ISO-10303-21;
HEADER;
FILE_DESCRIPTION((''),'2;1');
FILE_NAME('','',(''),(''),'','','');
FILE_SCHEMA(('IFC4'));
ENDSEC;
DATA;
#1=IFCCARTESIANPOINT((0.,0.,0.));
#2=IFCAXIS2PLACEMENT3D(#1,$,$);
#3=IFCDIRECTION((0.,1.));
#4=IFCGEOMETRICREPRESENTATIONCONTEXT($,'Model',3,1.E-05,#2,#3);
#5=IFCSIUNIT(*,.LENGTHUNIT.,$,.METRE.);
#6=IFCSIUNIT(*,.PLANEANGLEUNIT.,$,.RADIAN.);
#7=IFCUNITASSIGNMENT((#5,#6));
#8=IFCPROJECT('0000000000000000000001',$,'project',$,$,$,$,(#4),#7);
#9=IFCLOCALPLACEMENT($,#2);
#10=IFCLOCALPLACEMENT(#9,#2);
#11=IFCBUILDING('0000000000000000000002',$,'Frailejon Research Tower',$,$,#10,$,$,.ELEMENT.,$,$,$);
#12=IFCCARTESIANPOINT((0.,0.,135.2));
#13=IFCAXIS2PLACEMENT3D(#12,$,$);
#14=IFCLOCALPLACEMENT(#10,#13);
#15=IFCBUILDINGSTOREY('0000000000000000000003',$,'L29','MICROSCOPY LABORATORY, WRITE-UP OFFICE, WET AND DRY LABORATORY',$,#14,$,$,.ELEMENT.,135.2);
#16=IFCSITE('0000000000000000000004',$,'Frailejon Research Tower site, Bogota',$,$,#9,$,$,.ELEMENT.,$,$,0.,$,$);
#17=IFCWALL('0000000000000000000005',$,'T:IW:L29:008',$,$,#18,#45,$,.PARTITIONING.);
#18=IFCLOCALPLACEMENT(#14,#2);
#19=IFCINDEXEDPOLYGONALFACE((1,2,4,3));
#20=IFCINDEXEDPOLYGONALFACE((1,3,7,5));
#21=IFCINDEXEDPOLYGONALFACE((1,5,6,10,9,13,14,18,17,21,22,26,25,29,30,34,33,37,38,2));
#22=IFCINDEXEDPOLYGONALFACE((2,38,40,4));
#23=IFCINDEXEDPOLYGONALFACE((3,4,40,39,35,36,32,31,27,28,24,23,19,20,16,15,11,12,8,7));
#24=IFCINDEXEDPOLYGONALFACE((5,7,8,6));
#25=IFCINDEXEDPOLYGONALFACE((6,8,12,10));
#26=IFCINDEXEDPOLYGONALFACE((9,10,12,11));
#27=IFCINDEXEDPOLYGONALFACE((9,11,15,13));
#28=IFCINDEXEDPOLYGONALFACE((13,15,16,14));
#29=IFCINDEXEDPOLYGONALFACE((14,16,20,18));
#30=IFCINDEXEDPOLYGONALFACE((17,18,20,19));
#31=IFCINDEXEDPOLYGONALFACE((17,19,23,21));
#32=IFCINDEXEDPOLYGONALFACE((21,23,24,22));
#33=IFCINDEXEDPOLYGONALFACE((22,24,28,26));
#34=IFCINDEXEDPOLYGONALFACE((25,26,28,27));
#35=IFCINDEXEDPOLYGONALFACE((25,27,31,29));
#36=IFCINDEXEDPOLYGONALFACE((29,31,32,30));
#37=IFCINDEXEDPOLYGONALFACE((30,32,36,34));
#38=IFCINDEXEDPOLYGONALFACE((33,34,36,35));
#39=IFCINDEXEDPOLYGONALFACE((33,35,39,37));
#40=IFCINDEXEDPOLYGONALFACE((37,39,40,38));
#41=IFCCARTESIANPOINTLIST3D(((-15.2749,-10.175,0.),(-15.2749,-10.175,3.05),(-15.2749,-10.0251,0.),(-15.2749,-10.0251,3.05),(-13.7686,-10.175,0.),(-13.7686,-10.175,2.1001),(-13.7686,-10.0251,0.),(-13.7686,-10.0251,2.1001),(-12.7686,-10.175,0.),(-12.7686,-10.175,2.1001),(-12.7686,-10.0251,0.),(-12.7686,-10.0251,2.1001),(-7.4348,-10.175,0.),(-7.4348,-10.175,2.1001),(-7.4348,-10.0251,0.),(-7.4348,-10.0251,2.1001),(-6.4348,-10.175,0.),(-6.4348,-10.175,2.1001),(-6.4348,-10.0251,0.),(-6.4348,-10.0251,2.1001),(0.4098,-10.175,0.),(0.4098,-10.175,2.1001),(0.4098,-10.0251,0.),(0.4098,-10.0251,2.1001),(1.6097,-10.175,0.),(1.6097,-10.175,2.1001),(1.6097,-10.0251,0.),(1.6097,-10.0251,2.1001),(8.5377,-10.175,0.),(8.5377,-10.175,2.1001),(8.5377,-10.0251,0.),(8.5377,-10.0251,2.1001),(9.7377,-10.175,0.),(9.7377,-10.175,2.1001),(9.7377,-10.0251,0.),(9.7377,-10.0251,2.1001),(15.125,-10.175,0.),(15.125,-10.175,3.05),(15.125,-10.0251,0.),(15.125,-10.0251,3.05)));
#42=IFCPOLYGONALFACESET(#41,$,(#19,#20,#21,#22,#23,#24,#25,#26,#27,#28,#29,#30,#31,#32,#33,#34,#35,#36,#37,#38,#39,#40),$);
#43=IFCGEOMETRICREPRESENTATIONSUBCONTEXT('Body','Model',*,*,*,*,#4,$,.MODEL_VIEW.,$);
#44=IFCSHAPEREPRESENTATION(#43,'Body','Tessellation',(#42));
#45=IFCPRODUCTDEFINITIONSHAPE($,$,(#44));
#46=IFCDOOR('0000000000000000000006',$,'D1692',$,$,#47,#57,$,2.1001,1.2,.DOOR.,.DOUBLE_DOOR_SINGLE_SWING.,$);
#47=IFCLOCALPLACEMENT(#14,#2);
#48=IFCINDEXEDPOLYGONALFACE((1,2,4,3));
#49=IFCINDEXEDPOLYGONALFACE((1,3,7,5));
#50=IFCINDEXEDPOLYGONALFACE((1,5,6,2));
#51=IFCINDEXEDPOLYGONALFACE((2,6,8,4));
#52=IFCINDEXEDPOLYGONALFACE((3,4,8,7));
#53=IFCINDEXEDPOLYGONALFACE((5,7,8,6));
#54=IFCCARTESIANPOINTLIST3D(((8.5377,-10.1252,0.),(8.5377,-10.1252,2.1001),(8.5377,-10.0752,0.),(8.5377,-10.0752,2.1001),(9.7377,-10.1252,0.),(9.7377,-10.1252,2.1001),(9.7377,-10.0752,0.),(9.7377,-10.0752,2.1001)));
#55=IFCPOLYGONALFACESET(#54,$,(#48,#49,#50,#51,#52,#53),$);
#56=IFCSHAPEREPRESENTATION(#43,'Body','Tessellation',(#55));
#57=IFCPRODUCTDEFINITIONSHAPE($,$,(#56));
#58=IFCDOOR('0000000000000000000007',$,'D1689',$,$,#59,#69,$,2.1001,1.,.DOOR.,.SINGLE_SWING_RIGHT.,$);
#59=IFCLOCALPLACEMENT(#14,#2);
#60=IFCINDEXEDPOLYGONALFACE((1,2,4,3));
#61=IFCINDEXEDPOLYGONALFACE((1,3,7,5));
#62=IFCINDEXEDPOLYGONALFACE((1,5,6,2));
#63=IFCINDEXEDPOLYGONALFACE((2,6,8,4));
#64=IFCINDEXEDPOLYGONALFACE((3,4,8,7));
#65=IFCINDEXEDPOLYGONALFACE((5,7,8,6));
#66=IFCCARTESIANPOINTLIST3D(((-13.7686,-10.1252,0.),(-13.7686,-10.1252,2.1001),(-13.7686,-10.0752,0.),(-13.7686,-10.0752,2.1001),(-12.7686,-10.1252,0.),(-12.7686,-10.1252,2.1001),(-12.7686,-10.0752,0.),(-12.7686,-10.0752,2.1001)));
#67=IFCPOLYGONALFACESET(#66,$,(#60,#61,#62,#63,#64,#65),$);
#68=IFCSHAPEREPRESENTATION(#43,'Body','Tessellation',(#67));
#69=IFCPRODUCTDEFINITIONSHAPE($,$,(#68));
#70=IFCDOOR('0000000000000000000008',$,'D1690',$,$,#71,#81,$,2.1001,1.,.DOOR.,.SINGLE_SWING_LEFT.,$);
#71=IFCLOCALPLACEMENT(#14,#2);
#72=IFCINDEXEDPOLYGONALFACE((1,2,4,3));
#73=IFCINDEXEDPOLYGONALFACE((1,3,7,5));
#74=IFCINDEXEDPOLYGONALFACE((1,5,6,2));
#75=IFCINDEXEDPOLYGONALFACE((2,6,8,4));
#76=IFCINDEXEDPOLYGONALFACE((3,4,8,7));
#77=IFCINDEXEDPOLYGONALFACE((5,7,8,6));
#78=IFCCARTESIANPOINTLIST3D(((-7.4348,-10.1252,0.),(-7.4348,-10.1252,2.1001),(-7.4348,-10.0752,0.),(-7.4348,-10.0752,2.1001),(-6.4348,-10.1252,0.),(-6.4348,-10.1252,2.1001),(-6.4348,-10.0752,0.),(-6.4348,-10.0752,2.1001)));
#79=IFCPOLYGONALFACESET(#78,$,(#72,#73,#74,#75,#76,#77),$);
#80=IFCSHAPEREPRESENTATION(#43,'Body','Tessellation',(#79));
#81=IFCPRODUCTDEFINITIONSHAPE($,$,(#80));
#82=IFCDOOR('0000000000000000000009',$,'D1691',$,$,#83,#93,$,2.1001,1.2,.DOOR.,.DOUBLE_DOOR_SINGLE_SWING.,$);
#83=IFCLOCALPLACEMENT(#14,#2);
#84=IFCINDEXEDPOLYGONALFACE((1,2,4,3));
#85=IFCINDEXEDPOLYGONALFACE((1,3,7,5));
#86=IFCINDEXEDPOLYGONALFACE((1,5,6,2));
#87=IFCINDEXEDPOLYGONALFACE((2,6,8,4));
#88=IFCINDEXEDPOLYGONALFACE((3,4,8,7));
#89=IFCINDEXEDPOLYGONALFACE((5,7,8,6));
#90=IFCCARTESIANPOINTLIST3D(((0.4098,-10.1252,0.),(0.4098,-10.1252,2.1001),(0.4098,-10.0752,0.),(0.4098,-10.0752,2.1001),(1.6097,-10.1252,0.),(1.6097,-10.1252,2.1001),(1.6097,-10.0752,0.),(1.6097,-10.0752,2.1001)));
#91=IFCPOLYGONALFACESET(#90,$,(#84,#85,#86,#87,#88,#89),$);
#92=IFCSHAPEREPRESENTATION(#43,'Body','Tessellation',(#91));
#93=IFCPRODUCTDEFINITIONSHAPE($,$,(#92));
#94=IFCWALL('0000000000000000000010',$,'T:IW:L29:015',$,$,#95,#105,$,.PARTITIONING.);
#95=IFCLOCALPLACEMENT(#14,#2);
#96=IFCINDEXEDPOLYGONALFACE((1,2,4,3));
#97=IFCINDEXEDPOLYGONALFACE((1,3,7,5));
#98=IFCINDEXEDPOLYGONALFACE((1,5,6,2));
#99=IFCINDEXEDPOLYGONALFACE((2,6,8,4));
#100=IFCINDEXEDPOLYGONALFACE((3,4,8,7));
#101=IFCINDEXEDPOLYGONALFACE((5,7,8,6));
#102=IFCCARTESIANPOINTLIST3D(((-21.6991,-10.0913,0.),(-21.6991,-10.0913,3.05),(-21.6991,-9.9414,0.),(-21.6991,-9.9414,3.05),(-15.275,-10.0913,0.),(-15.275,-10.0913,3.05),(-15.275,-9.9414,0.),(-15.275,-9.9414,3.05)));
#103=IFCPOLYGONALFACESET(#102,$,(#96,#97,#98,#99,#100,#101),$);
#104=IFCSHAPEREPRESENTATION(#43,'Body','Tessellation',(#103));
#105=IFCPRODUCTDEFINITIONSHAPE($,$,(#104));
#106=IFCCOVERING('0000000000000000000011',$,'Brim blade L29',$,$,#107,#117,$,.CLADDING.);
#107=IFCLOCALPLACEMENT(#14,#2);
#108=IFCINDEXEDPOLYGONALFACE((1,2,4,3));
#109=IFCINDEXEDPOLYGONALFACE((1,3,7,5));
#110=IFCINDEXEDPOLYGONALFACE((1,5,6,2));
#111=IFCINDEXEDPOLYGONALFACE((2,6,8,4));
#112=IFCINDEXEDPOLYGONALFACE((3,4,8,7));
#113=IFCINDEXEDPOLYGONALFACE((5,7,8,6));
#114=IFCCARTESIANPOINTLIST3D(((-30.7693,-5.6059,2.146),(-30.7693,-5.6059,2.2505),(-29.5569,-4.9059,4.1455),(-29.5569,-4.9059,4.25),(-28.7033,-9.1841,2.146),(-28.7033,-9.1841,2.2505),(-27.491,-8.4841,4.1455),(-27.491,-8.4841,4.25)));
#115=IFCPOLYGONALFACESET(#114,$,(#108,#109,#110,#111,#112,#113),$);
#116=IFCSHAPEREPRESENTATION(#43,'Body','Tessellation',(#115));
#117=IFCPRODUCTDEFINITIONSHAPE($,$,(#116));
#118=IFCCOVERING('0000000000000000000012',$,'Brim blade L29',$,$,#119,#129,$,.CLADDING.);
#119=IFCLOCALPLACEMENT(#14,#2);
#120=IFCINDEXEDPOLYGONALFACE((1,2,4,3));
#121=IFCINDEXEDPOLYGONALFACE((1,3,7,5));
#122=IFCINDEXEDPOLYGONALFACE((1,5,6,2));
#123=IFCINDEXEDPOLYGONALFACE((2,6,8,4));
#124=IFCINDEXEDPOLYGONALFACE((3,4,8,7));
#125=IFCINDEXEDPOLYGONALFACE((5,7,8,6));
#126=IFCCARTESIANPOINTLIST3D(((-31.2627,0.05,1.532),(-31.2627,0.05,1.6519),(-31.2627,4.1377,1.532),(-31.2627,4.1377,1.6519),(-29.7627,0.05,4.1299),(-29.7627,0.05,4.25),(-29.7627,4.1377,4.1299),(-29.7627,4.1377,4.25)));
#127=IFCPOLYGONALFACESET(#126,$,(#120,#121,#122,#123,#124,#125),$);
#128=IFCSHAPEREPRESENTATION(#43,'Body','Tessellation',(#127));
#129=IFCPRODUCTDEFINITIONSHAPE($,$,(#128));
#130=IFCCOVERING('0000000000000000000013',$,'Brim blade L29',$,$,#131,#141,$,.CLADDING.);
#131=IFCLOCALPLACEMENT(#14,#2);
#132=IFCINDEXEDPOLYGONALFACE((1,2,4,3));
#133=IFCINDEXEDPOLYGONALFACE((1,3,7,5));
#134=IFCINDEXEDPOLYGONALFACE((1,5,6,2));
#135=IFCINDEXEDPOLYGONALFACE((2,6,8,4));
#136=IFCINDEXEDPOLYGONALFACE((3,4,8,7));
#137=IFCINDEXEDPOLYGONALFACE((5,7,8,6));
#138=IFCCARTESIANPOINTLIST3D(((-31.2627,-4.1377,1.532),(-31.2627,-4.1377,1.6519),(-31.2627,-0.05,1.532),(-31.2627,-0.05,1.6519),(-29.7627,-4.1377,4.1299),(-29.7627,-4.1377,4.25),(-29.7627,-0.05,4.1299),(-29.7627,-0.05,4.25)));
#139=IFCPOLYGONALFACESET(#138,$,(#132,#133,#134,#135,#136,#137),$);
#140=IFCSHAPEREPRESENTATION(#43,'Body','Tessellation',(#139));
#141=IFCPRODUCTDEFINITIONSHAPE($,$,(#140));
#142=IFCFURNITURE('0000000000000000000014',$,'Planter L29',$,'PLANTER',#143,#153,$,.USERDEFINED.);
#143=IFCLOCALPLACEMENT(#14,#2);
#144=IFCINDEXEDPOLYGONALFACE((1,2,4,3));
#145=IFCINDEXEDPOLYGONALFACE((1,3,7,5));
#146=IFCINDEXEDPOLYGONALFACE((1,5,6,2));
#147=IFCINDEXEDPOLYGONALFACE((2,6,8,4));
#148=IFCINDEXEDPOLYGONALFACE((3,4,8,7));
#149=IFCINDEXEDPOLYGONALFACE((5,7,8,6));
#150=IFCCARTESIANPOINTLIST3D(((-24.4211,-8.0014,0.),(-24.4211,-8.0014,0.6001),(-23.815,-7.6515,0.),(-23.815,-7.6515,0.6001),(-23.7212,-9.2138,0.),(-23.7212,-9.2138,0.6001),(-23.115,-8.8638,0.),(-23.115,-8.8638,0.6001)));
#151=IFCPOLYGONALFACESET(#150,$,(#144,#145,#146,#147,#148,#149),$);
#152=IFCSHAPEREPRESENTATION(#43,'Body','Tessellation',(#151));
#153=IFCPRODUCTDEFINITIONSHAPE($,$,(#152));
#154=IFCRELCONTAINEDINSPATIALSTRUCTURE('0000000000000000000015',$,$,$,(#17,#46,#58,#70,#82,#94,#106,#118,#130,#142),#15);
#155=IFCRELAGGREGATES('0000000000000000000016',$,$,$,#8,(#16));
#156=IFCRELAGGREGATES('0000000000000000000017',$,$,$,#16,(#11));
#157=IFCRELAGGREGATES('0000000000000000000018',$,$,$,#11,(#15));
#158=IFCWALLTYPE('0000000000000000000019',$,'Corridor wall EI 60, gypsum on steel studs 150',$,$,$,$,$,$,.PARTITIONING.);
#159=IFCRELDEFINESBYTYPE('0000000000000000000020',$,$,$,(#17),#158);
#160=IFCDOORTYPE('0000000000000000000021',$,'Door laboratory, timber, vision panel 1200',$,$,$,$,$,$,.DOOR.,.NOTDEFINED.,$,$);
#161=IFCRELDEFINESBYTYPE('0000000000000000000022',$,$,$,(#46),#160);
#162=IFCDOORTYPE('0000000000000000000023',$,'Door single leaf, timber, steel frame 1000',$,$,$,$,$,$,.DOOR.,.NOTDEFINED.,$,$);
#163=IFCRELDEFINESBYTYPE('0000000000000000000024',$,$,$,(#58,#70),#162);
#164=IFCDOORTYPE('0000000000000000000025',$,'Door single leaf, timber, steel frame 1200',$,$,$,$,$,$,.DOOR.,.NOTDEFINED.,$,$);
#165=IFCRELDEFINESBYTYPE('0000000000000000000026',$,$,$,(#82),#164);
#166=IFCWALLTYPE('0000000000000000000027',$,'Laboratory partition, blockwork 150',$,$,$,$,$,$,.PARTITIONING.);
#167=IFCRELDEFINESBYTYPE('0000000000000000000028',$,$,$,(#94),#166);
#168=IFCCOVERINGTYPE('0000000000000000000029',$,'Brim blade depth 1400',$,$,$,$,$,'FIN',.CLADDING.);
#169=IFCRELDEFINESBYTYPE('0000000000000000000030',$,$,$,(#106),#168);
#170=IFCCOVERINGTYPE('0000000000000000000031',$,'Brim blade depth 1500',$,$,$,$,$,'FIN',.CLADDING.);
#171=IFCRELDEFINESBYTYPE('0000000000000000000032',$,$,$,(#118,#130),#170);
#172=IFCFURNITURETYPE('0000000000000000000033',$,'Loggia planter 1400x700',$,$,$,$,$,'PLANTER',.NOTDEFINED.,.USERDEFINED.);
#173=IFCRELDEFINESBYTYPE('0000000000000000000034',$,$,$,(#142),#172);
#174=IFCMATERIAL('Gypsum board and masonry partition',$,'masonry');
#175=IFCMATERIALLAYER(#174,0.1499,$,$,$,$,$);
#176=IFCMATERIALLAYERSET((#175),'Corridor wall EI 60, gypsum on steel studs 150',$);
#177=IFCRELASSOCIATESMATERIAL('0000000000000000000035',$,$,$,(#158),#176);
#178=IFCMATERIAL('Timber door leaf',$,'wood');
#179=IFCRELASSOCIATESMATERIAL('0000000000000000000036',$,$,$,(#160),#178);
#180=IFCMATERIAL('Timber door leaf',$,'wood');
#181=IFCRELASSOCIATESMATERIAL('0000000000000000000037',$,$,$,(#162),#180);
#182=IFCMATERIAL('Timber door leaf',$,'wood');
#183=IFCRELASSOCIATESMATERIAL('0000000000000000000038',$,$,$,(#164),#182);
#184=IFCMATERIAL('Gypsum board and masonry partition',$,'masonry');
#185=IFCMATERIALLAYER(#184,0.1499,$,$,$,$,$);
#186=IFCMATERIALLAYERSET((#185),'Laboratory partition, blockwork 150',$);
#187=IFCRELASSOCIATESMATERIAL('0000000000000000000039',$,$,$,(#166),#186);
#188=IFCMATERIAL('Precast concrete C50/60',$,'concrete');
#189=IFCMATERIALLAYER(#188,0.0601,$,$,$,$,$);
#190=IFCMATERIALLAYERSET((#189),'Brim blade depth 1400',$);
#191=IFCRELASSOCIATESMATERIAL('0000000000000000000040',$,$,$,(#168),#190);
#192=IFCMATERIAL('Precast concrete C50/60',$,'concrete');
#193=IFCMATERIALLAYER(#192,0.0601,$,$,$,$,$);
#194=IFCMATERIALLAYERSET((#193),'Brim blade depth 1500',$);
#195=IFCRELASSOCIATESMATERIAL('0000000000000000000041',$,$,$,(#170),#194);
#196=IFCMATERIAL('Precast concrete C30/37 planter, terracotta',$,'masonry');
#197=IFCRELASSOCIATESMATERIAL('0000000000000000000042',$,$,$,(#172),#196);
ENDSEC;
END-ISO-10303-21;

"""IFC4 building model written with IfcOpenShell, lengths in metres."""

from ifc_helpers import new_model, si_unit, direction, frame, frame_2d, origin, origin_2d, place, context, subcontext, project, spatial, polyline, rectangle, outline, extrude, material, layer, layer_set, type_object, element, fill, save


model = new_model("IFC4")

# Units and contexts
model_context = context("Model", 3, precision=1e-05, world=origin(), true_north=direction((0.0, 1.0)))
body_context = subcontext(model_context, "Body", "Model", "MODEL_VIEW")
ifc_project = project(units=[si_unit("LENGTHUNIT", "METRE"), si_unit("PLANEANGLEUNIT", "RADIAN")], contexts=[model_context])

# Site, building, storey
site_placement = place(None, origin())
site = spatial("IfcSite", under=ifc_project, at=site_placement, Name="Frailejon Research Tower site, Bogota", CompositionType="ELEMENT", RefElevation=0.0)
building_placement = place(site_placement, origin())
building = spatial("IfcBuilding", under=site, at=building_placement, Name="Frailejon Research Tower", CompositionType="ELEMENT")
storey_placement = place(building_placement, frame((0.0, 0.0, 135.2)))
storey = spatial("IfcBuildingStorey", under=building, at=storey_placement, Name="L29", Description="MICROSCOPY LABORATORY, WRITE-UP OFFICE, WET AND DRY LABORATORY", CompositionType="ELEMENT", Elevation=135.2)

# Shared definitions
ifc_material_1 = material(Name="Gypsum board and masonry partition", Category="masonry")
ifc_layer_1 = layer(ifc_material_1, 0.1499)
ifc_layer_set_1 = layer_set([ifc_layer_1], Name="Corridor wall EI 60, gypsum on steel studs 150")
wall_type_1 = type_object("IfcWallType", Name="Corridor wall EI 60, gypsum on steel studs 150", PredefinedType="PARTITIONING", material=ifc_layer_set_1)
ifc_material_2 = material(Name="Timber door leaf", Category="wood")
door_type_1 = type_object("IfcDoorType", Name="Door laboratory, timber, vision panel 1200", OperationType="NOTDEFINED", PredefinedType="DOOR", material=ifc_material_2)

# Wall, openings, doors
wall_1_placement = place(storey_placement, frame((-15.2749, -10.1001, 0.0), z_axis=(0.0, 0.0, 1.0), x_axis=(1.0, 0.0, 0.0)))
wall_1 = element("IfcWall", 1, at=wall_1_placement, inside=storey, type_object=wall_type_1, Name="T:IW:L29:008", PredefinedType="PARTITIONING", context=body_context, shape_type="SweptSolid", body=[
    extrude(rectangle(XDim=30.3999, YDim=0.1499, at=frame_2d((15.2, 0.0))), origin(), (0.0, 0.0, 1.0), 3.05),
])
opening_1_placement = place(wall_1_placement, frame((1.5063, 0.0, 0.0)))
opening_1 = element("IfcOpeningElement", 2, at=opening_1_placement, cuts=wall_1, PredefinedType="OPENING", context=body_context, shape_type="SweptSolid", body=[
    extrude(rectangle(XDim=1.0, YDim=2.1001, at=frame_2d((0.5, 1.05))), frame((0.0, 0.085, 0.0), z_axis=(0.0, -1.0, 0.0), x_axis=(1.0, 0.0, 0.0)), (0.0, 0.0, 1.0), 0.1699),
])
opening_2_placement = place(wall_1_placement, frame((7.8401, 0.0, 0.0)))
opening_2 = element("IfcOpeningElement", 3, at=opening_2_placement, cuts=wall_1, PredefinedType="OPENING", context=body_context, shape_type="SweptSolid", body=[
    extrude(rectangle(XDim=1.0, YDim=2.1001, at=frame_2d((0.5, 1.05))), frame((0.0, 0.085, 0.0), z_axis=(0.0, -1.0, 0.0), x_axis=(1.0, 0.0, 0.0)), (0.0, 0.0, 1.0), 0.1699),
])
opening_3_placement = place(wall_1_placement, frame((15.6846, 0.0, 0.0)))
opening_3 = element("IfcOpeningElement", 4, at=opening_3_placement, cuts=wall_1, PredefinedType="OPENING", context=body_context, shape_type="SweptSolid", body=[
    extrude(rectangle(XDim=1.2, YDim=2.1001, at=frame_2d((0.6001, 1.05))), frame((0.0, 0.085, 0.0), z_axis=(0.0, -1.0, 0.0), x_axis=(1.0, 0.0, 0.0)), (0.0, 0.0, 1.0), 0.1699),
])
opening_4_placement = place(wall_1_placement, frame((23.8125, 0.0, 0.0)))
opening_4 = element("IfcOpeningElement", 5, at=opening_4_placement, cuts=wall_1, PredefinedType="OPENING", context=body_context, shape_type="SweptSolid", body=[
    extrude(rectangle(XDim=1.2, YDim=2.1001, at=frame_2d((0.6001, 1.05))), frame((0.0, 0.085, 0.0), z_axis=(0.0, -1.0, 0.0), x_axis=(1.0, 0.0, 0.0)), (0.0, 0.0, 1.0), 0.1699),
])
door_1_placement = place(opening_4_placement, origin())
door_1 = element("IfcDoor", 6, at=door_1_placement, inside=storey, type_object=door_type_1, Name="D1692", OperationType="DOUBLE_DOOR_SINGLE_SWING", OverallHeight=2.1001, OverallWidth=1.2, PredefinedType="DOOR", context=body_context, shape_type="SweptSolid", body=[
    extrude(rectangle(XDim=1.2, YDim=2.1001, at=frame_2d((0.6001, 1.05))), frame((0.0, 0.0249, 0.0), z_axis=(0.0, -1.0, 0.0), x_axis=(1.0, 0.0, 0.0)), (0.0, 0.0, 1.0), 0.05),
])
fill(opening_4, door_1)
ifc_material_3 = material(Name="Timber door leaf", Category="wood")
door_type_2 = type_object("IfcDoorType", Name="Door single leaf, timber, steel frame 1000", OperationType="NOTDEFINED", PredefinedType="DOOR", material=ifc_material_3)
door_2_placement = place(opening_1_placement, origin())
door_2 = element("IfcDoor", 7, at=door_2_placement, inside=storey, type_object=door_type_2, Name="D1689", OperationType="SINGLE_SWING_RIGHT", OverallHeight=2.1001, OverallWidth=1.0, PredefinedType="DOOR", context=body_context, shape_type="SweptSolid", body=[
    extrude(rectangle(XDim=1.0, YDim=2.1001, at=frame_2d((0.5, 1.05))), frame((0.0, 0.0249, 0.0), z_axis=(0.0, -1.0, 0.0), x_axis=(1.0, 0.0, 0.0)), (0.0, 0.0, 1.0), 0.05),
])
fill(opening_1, door_2)
door_3_placement = place(opening_2_placement, origin())
door_3 = element("IfcDoor", 8, at=door_3_placement, inside=storey, type_object=door_type_2, Name="D1690", OperationType="SINGLE_SWING_LEFT", OverallHeight=2.1001, OverallWidth=1.0, PredefinedType="DOOR", context=body_context, shape_type="SweptSolid", body=[
    extrude(rectangle(XDim=1.0, YDim=2.1001, at=frame_2d((0.5, 1.05))), frame((0.0, 0.0249, 0.0), z_axis=(0.0, -1.0, 0.0), x_axis=(1.0, 0.0, 0.0)), (0.0, 0.0, 1.0), 0.05),
])
fill(opening_2, door_3)
ifc_material_4 = material(Name="Timber door leaf", Category="wood")
door_type_3 = type_object("IfcDoorType", Name="Door single leaf, timber, steel frame 1200", OperationType="NOTDEFINED", PredefinedType="DOOR", material=ifc_material_4)
door_4_placement = place(opening_3_placement, origin())
door_4 = element("IfcDoor", 9, at=door_4_placement, inside=storey, type_object=door_type_3, Name="D1691", OperationType="DOUBLE_DOOR_SINGLE_SWING", OverallHeight=2.1001, OverallWidth=1.2, PredefinedType="DOOR", context=body_context, shape_type="SweptSolid", body=[
    extrude(rectangle(XDim=1.2, YDim=2.1001, at=frame_2d((0.6001, 1.05))), frame((0.0, 0.0249, 0.0), z_axis=(0.0, -1.0, 0.0), x_axis=(1.0, 0.0, 0.0)), (0.0, 0.0, 1.0), 0.05),
])
fill(opening_3, door_4)

# Wall
ifc_material_5 = material(Name="Gypsum board and masonry partition", Category="masonry")
ifc_layer_2 = layer(ifc_material_5, 0.1499)
ifc_layer_set_2 = layer_set([ifc_layer_2], Name="Laboratory partition, blockwork 150")
wall_type_2 = type_object("IfcWallType", Name="Laboratory partition, blockwork 150", PredefinedType="PARTITIONING", material=ifc_layer_set_2)
wall_2_placement = place(storey_placement, frame((-21.699, -10.0164, 0.0), z_axis=(0.0, 0.0, 1.0), x_axis=(1.0, 0.0, 0.0)))
element("IfcWall", 10, at=wall_2_placement, inside=storey, type_object=wall_type_2, Name="T:IW:L29:015", PredefinedType="PARTITIONING", context=body_context, shape_type="SweptSolid", body=[
    extrude(rectangle(XDim=6.4241, YDim=0.1499, at=frame_2d((3.2119, 0.0))), origin(), (0.0, 0.0, 1.0), 3.05),
])

# Coverings
ifc_material_6 = material(Name="Precast concrete C50/60", Category="concrete")
ifc_layer_3 = layer(ifc_material_6, 0.0601)
ifc_layer_set_3 = layer_set([ifc_layer_3], Name="Brim blade depth 1400")
covering_type_1 = type_object("IfcCoveringType", Name="Brim blade depth 1400", ElementType="FIN", PredefinedType="CLADDING", material=ifc_layer_set_3)
covering_placement = place(storey_placement, frame((-27.491, -8.4841, 4.25), z_axis=(-0.500012, 0.866018, 0.0), x_axis=(-0.866018, -0.500012, 0.0)))
element("IfcCovering", 11, at=covering_placement, inside=storey, type_object=covering_type_1, Name="Brim blade L29", PredefinedType="CLADDING", context=body_context, shape_type="SweptSolid", body=[
    extrude(outline(polyline([(0.0, -0.1045), (1.3999, -2.104), (1.3999, -1.9995), (0.0, 0.0), (0.0, -0.1045)])), origin(), (0.0, 0.0, 1.0), 4.1318),
])
ifc_material_7 = material(Name="Precast concrete C50/60", Category="concrete")
ifc_layer_4 = layer(ifc_material_7, 0.0601)
ifc_layer_set_4 = layer_set([ifc_layer_4], Name="Brim blade depth 1500")
covering_type_2 = type_object("IfcCoveringType", Name="Brim blade depth 1500", ElementType="FIN", PredefinedType="CLADDING", material=ifc_layer_set_4)
for number, where, z_axis, x_axis, name in (
    (12, (-29.7627, 0.05, 4.25), (0.0, 1.0, 0.0), (-1.0, 0.0, 0.0), "Brim blade L29"),
    (13, (-29.7627, -4.1377, 4.25), (0.0, 1.0, 0.0), (-1.0, 0.0, 0.0), "Brim blade L29"),
):
    element("IfcCovering", number, at=place(storey_placement, frame(where, z_axis=z_axis, x_axis=x_axis)), inside=storey, type_object=covering_type_2, Name=name, PredefinedType="CLADDING", context=body_context, shape_type="SweptSolid", body=[
        extrude(outline(polyline([(0.0, -0.1201), (1.5, -2.718), (1.5, -2.5981), (0.0, 0.0), (0.0, -0.1201)])), origin(), (0.0, 0.0, 1.0), 4.0876),
    ])

# Furniture
ifc_material_8 = material(Name="Precast concrete C30/37 planter, terracotta", Category="masonry")
furniture_type = type_object("IfcFurnitureType", Name="Loggia planter 1400x700", ElementType="PLANTER", AssemblyPlace="NOTDEFINED", PredefinedType="USERDEFINED", material=ifc_material_8)
furniture_placement = place(storey_placement, frame((-23.7681, -8.4326, 0.0), z_axis=(0.0, 0.0, 1.0), x_axis=(0.5, -0.866025, 0.0)))
element("IfcFurniture", 14, at=furniture_placement, inside=storey, type_object=furniture_type, Name="Planter L29", ObjectType="PLANTER", PredefinedType="USERDEFINED", context=body_context, shape_type="SweptSolid", body=[
    extrude(rectangle(XDim=1.3999, YDim=0.7, at=origin_2d()), origin(), (0.0, 0.0, 1.0), 0.6001),
])

save(model, "model.ifc")
